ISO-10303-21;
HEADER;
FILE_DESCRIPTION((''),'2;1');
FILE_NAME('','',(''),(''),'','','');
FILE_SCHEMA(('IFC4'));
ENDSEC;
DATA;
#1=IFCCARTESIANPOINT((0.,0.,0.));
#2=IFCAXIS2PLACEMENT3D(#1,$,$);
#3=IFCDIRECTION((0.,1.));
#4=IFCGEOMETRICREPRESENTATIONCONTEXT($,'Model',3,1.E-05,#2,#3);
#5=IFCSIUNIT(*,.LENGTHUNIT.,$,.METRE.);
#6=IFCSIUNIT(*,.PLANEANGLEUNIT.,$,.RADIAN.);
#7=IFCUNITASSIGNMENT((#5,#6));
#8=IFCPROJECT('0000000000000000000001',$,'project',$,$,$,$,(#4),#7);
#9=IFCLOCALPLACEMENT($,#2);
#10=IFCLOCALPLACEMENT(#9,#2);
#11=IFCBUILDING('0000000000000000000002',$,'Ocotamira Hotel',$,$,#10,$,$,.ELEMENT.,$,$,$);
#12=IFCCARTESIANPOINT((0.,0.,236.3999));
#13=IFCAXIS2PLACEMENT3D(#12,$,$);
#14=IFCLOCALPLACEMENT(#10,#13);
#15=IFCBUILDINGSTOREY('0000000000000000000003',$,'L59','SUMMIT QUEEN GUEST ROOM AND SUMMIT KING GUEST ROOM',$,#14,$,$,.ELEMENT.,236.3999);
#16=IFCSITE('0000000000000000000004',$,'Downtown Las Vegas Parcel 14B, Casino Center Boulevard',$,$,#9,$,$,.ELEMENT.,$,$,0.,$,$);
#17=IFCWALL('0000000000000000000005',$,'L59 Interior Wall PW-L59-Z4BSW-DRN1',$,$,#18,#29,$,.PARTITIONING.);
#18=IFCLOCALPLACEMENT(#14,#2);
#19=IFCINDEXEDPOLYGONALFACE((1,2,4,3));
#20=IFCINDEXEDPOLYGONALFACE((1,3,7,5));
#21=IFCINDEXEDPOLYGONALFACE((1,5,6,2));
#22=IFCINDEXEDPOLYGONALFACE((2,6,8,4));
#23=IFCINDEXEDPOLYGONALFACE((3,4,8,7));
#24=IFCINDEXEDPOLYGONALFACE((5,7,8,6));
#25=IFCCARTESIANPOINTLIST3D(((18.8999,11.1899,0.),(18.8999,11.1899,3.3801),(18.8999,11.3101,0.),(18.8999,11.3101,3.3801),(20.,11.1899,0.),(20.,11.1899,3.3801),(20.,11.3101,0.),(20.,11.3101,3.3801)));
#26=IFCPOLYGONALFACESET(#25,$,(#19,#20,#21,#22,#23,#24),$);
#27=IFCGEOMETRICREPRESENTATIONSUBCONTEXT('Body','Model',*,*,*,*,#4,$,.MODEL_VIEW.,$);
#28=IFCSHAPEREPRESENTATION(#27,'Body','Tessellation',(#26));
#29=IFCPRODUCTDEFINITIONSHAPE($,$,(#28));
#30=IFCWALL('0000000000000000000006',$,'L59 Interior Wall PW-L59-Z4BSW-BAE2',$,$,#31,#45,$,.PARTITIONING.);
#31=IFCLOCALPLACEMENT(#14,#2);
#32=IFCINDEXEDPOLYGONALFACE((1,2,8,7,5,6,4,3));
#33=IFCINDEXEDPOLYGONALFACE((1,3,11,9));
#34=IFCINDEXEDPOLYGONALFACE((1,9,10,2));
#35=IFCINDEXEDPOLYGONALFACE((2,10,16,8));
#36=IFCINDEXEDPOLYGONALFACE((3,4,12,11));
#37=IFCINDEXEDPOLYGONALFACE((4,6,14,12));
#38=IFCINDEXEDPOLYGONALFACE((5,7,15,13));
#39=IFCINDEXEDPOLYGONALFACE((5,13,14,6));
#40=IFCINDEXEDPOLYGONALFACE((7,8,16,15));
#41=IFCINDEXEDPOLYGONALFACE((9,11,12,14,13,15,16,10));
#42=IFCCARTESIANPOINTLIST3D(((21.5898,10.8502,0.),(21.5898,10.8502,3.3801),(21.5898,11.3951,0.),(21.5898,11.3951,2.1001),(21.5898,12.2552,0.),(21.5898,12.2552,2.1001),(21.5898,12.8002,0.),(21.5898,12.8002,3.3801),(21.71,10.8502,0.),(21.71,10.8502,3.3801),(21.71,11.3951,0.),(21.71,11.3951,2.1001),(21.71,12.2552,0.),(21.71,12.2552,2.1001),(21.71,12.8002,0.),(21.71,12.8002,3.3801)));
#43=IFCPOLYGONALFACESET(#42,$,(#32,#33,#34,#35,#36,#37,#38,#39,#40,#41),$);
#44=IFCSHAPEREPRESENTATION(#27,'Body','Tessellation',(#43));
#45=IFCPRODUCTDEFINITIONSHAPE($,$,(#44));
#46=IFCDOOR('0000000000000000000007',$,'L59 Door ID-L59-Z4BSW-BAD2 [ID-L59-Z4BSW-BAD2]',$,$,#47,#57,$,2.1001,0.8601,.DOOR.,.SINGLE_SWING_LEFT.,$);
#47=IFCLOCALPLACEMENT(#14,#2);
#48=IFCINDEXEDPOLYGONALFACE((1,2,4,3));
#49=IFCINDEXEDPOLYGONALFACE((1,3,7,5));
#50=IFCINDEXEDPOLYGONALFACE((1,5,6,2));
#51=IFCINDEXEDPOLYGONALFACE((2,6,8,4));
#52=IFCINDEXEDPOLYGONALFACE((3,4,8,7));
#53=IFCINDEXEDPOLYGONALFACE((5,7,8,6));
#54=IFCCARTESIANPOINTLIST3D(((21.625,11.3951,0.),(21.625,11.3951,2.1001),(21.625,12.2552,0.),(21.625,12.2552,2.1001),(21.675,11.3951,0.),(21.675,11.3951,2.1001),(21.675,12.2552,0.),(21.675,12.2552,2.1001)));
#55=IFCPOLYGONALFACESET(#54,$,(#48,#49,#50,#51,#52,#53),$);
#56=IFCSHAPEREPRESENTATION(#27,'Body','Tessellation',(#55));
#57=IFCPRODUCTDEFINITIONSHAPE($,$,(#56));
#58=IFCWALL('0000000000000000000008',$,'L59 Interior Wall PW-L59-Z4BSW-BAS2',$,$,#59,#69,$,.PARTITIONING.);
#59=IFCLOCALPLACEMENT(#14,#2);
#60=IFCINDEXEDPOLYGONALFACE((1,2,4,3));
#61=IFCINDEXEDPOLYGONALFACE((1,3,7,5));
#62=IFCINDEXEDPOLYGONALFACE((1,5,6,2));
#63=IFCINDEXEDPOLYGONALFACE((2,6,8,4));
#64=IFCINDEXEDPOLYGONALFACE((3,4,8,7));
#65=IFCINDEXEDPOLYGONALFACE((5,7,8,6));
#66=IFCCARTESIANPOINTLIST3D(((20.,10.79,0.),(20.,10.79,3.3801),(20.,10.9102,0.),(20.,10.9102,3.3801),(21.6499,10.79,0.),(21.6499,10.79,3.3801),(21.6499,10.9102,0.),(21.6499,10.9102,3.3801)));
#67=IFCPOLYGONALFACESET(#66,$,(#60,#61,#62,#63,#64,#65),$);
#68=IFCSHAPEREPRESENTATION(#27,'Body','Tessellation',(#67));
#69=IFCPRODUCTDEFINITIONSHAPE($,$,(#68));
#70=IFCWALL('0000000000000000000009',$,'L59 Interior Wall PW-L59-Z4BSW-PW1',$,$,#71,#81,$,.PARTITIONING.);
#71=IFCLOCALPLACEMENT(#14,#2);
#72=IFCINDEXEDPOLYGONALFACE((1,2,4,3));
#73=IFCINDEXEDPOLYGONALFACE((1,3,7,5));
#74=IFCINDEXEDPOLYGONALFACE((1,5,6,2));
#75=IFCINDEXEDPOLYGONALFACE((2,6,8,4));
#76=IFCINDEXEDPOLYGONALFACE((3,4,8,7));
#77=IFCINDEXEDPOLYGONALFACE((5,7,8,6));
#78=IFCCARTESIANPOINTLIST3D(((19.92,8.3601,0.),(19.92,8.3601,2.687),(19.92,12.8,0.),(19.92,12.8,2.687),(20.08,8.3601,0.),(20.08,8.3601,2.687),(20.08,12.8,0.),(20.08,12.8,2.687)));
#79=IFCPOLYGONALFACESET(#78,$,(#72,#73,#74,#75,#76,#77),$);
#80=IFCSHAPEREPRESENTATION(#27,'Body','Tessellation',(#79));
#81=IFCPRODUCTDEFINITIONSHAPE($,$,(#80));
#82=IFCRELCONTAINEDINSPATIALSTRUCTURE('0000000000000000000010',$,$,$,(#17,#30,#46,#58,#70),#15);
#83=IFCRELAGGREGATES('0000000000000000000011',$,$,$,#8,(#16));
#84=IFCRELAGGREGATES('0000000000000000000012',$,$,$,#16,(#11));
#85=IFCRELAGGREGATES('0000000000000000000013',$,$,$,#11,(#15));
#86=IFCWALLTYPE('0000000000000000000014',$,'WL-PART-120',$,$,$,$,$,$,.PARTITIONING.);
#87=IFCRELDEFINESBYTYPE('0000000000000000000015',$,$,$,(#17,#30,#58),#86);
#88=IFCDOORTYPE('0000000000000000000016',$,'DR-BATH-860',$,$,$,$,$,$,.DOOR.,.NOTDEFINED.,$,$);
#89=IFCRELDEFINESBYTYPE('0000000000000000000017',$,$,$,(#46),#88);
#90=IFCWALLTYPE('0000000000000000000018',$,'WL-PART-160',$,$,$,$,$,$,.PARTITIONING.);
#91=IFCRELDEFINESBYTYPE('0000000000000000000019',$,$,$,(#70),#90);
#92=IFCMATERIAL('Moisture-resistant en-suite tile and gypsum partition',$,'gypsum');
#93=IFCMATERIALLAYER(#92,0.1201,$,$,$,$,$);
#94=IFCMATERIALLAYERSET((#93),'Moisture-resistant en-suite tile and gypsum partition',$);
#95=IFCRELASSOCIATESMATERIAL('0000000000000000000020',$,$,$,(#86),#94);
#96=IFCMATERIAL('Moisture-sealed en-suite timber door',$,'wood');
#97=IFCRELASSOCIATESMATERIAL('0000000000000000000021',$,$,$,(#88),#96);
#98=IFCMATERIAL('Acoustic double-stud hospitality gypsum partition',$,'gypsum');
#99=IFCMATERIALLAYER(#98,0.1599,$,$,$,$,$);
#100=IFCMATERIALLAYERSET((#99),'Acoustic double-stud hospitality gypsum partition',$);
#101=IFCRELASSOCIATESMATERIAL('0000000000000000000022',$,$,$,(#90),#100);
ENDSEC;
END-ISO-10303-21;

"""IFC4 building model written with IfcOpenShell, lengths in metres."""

from ifc_helpers import new_model, si_unit, direction, frame, frame_2d, origin, place, context, subcontext, project, spatial, rectangle, extrude, source, transform, mapped, material, layer, layer_set, type_object, element, fill, save


model = new_model("IFC4")

# Units and contexts
model_context = context("Model", 3, precision=1e-05, world=origin(), true_north=direction((0.0, 1.0)))
body_context = subcontext(model_context, "Body", "Model", "MODEL_VIEW")
ifc_project = project(units=[si_unit("LENGTHUNIT", "METRE"), si_unit("PLANEANGLEUNIT", "RADIAN")], contexts=[model_context])

# Site, building, storey
site_placement = place(None, origin())
site = spatial("IfcSite", under=ifc_project, at=site_placement, Name="Downtown Las Vegas Parcel 14B, Casino Center Boulevard", CompositionType="ELEMENT", RefElevation=0.0)
building_placement = place(site_placement, origin())
building = spatial("IfcBuilding", under=site, at=building_placement, Name="Ocotamira Hotel", CompositionType="ELEMENT")
storey_placement = place(building_placement, frame((0.0, 0.0, 236.3999)))
storey = spatial("IfcBuildingStorey", under=building, at=storey_placement, Name="L59", Description="SUMMIT QUEEN GUEST ROOM AND SUMMIT KING GUEST ROOM", CompositionType="ELEMENT", Elevation=236.3999)

# Shared definitions
ifc_material_1 = material(Name="Moisture-resistant en-suite tile and gypsum partition", Category="gypsum")
ifc_layer_1 = layer(ifc_material_1, 0.1201)
ifc_layer_set_1 = layer_set([ifc_layer_1], Name="Moisture-resistant en-suite tile and gypsum partition")
wall_type_1 = type_object("IfcWallType", Name="WL-PART-120", PredefinedType="PARTITIONING", material=ifc_layer_set_1)
ifc_material_2 = material(Name="Moisture-sealed en-suite timber door", Category="wood")
door_type = type_object("IfcDoorType", Name="DR-BATH-860", OperationType="NOTDEFINED", PredefinedType="DOOR", material=ifc_material_2)
shared_shape_1 = source(origin(), body_context, "Body", "SweptSolid", [
    extrude(rectangle(XDim=0.8601, YDim=2.1001, at=frame_2d((0.4302, 1.05))), frame((0.0, 0.0249, 0.0), z_axis=(0.0, -1.0, 0.0), x_axis=(1.0, 0.0, 0.0)), (0.0, 0.0, 1.0), 0.05),
])

# Wall
wall_1_placement = place(storey_placement, frame((18.8999, 11.25, 0.0), z_axis=(0.0, 0.0, 1.0), x_axis=(1.0, 0.0, 0.0)))
element("IfcWall", 1, at=wall_1_placement, inside=storey, type_object=wall_type_1, Name="L59 Interior Wall PW-L59-Z4BSW-DRN1", PredefinedType="PARTITIONING", context=body_context, shape_type="SweptSolid", body=[
    extrude(rectangle(XDim=1.1001, YDim=0.1201, at=frame_2d((0.55, 0.0))), origin(), (0.0, 0.0, 1.0), 3.3801),
])

# Wall, opening, door
wall_2_placement = place(storey_placement, frame((21.6499, 10.8501, 0.0), z_axis=(0.0, 0.0, 1.0), x_axis=(0.0, 1.0, 0.0)))
wall_2 = element("IfcWall", 2, at=wall_2_placement, inside=storey, type_object=wall_type_1, Name="L59 Interior Wall PW-L59-Z4BSW-BAE2", PredefinedType="PARTITIONING", context=body_context, shape_type="SweptSolid", body=[
    extrude(rectangle(XDim=1.95, YDim=0.1201, at=frame_2d((0.9751, 0.0))), origin(), (0.0, 0.0, 1.0), 3.3801),
])
opening_1_placement = place(wall_2_placement, frame((0.5449, 0.0, 0.0)))
opening_1 = element("IfcOpeningElement", 3, at=opening_1_placement, cuts=wall_2, PredefinedType="OPENING", context=body_context, shape_type="SweptSolid", body=[
    extrude(rectangle(XDim=0.8601, YDim=2.1001, at=frame_2d((0.4302, 1.05))), frame((0.0, 0.0701, 0.0), z_axis=(0.0, -1.0, 0.0), x_axis=(1.0, 0.0, 0.0)), (0.0, 0.0, 1.0), 0.1401),
])
door_1_placement = place(opening_1_placement, origin())
door_1 = element("IfcDoor", 4, at=door_1_placement, inside=storey, type_object=door_type, Name="L59 Door ID-L59-Z4BSW-BAD2 [ID-L59-Z4BSW-BAD2]", OperationType="SINGLE_SWING_LEFT", OverallHeight=2.1001, OverallWidth=0.8601, PredefinedType="DOOR", context=body_context, shape_type="MappedRepresentation", body=[
    mapped(shared_shape_1, transform((0.0, 0.0, 0.0), scale=1.0)),
])
fill(opening_1, door_1)

# Walls
wall_3_placement = place(storey_placement, frame((20.0, 10.8501, 0.0), z_axis=(0.0, 0.0, 1.0), x_axis=(1.0, 0.0, 0.0)))
element("IfcWall", 5, at=wall_3_placement, inside=storey, type_object=wall_type_1, Name="L59 Interior Wall PW-L59-Z4BSW-BAS2", PredefinedType="PARTITIONING", context=body_context, shape_type="SweptSolid", body=[
    extrude(rectangle(XDim=1.6499, YDim=0.1201, at=frame_2d((0.825, 0.0))), origin(), (0.0, 0.0, 1.0), 3.3801),
])
ifc_material_3 = material(Name="Acoustic double-stud hospitality gypsum partition", Category="gypsum")
ifc_layer_2 = layer(ifc_material_3, 0.1599)
ifc_layer_set_2 = layer_set([ifc_layer_2], Name="Acoustic double-stud hospitality gypsum partition")
wall_type_2 = type_object("IfcWallType", Name="WL-PART-160", PredefinedType="PARTITIONING", material=ifc_layer_set_2)
wall_4_placement = place(storey_placement, frame((20.0, 8.3601, 0.0), z_axis=(0.0, 0.0, 1.0), x_axis=(0.0, 1.0, 0.0)))
element("IfcWall", 6, at=wall_4_placement, inside=storey, type_object=wall_type_2, Name="L59 Interior Wall PW-L59-Z4BSW-PW1", PredefinedType="PARTITIONING", context=body_context, shape_type="SweptSolid", body=[
    extrude(rectangle(XDim=4.4399, YDim=0.1599, at=frame_2d((2.22, 0.0))), origin(), (0.0, 0.0, 1.0), 2.687),
])

save(model, "model.ifc")
